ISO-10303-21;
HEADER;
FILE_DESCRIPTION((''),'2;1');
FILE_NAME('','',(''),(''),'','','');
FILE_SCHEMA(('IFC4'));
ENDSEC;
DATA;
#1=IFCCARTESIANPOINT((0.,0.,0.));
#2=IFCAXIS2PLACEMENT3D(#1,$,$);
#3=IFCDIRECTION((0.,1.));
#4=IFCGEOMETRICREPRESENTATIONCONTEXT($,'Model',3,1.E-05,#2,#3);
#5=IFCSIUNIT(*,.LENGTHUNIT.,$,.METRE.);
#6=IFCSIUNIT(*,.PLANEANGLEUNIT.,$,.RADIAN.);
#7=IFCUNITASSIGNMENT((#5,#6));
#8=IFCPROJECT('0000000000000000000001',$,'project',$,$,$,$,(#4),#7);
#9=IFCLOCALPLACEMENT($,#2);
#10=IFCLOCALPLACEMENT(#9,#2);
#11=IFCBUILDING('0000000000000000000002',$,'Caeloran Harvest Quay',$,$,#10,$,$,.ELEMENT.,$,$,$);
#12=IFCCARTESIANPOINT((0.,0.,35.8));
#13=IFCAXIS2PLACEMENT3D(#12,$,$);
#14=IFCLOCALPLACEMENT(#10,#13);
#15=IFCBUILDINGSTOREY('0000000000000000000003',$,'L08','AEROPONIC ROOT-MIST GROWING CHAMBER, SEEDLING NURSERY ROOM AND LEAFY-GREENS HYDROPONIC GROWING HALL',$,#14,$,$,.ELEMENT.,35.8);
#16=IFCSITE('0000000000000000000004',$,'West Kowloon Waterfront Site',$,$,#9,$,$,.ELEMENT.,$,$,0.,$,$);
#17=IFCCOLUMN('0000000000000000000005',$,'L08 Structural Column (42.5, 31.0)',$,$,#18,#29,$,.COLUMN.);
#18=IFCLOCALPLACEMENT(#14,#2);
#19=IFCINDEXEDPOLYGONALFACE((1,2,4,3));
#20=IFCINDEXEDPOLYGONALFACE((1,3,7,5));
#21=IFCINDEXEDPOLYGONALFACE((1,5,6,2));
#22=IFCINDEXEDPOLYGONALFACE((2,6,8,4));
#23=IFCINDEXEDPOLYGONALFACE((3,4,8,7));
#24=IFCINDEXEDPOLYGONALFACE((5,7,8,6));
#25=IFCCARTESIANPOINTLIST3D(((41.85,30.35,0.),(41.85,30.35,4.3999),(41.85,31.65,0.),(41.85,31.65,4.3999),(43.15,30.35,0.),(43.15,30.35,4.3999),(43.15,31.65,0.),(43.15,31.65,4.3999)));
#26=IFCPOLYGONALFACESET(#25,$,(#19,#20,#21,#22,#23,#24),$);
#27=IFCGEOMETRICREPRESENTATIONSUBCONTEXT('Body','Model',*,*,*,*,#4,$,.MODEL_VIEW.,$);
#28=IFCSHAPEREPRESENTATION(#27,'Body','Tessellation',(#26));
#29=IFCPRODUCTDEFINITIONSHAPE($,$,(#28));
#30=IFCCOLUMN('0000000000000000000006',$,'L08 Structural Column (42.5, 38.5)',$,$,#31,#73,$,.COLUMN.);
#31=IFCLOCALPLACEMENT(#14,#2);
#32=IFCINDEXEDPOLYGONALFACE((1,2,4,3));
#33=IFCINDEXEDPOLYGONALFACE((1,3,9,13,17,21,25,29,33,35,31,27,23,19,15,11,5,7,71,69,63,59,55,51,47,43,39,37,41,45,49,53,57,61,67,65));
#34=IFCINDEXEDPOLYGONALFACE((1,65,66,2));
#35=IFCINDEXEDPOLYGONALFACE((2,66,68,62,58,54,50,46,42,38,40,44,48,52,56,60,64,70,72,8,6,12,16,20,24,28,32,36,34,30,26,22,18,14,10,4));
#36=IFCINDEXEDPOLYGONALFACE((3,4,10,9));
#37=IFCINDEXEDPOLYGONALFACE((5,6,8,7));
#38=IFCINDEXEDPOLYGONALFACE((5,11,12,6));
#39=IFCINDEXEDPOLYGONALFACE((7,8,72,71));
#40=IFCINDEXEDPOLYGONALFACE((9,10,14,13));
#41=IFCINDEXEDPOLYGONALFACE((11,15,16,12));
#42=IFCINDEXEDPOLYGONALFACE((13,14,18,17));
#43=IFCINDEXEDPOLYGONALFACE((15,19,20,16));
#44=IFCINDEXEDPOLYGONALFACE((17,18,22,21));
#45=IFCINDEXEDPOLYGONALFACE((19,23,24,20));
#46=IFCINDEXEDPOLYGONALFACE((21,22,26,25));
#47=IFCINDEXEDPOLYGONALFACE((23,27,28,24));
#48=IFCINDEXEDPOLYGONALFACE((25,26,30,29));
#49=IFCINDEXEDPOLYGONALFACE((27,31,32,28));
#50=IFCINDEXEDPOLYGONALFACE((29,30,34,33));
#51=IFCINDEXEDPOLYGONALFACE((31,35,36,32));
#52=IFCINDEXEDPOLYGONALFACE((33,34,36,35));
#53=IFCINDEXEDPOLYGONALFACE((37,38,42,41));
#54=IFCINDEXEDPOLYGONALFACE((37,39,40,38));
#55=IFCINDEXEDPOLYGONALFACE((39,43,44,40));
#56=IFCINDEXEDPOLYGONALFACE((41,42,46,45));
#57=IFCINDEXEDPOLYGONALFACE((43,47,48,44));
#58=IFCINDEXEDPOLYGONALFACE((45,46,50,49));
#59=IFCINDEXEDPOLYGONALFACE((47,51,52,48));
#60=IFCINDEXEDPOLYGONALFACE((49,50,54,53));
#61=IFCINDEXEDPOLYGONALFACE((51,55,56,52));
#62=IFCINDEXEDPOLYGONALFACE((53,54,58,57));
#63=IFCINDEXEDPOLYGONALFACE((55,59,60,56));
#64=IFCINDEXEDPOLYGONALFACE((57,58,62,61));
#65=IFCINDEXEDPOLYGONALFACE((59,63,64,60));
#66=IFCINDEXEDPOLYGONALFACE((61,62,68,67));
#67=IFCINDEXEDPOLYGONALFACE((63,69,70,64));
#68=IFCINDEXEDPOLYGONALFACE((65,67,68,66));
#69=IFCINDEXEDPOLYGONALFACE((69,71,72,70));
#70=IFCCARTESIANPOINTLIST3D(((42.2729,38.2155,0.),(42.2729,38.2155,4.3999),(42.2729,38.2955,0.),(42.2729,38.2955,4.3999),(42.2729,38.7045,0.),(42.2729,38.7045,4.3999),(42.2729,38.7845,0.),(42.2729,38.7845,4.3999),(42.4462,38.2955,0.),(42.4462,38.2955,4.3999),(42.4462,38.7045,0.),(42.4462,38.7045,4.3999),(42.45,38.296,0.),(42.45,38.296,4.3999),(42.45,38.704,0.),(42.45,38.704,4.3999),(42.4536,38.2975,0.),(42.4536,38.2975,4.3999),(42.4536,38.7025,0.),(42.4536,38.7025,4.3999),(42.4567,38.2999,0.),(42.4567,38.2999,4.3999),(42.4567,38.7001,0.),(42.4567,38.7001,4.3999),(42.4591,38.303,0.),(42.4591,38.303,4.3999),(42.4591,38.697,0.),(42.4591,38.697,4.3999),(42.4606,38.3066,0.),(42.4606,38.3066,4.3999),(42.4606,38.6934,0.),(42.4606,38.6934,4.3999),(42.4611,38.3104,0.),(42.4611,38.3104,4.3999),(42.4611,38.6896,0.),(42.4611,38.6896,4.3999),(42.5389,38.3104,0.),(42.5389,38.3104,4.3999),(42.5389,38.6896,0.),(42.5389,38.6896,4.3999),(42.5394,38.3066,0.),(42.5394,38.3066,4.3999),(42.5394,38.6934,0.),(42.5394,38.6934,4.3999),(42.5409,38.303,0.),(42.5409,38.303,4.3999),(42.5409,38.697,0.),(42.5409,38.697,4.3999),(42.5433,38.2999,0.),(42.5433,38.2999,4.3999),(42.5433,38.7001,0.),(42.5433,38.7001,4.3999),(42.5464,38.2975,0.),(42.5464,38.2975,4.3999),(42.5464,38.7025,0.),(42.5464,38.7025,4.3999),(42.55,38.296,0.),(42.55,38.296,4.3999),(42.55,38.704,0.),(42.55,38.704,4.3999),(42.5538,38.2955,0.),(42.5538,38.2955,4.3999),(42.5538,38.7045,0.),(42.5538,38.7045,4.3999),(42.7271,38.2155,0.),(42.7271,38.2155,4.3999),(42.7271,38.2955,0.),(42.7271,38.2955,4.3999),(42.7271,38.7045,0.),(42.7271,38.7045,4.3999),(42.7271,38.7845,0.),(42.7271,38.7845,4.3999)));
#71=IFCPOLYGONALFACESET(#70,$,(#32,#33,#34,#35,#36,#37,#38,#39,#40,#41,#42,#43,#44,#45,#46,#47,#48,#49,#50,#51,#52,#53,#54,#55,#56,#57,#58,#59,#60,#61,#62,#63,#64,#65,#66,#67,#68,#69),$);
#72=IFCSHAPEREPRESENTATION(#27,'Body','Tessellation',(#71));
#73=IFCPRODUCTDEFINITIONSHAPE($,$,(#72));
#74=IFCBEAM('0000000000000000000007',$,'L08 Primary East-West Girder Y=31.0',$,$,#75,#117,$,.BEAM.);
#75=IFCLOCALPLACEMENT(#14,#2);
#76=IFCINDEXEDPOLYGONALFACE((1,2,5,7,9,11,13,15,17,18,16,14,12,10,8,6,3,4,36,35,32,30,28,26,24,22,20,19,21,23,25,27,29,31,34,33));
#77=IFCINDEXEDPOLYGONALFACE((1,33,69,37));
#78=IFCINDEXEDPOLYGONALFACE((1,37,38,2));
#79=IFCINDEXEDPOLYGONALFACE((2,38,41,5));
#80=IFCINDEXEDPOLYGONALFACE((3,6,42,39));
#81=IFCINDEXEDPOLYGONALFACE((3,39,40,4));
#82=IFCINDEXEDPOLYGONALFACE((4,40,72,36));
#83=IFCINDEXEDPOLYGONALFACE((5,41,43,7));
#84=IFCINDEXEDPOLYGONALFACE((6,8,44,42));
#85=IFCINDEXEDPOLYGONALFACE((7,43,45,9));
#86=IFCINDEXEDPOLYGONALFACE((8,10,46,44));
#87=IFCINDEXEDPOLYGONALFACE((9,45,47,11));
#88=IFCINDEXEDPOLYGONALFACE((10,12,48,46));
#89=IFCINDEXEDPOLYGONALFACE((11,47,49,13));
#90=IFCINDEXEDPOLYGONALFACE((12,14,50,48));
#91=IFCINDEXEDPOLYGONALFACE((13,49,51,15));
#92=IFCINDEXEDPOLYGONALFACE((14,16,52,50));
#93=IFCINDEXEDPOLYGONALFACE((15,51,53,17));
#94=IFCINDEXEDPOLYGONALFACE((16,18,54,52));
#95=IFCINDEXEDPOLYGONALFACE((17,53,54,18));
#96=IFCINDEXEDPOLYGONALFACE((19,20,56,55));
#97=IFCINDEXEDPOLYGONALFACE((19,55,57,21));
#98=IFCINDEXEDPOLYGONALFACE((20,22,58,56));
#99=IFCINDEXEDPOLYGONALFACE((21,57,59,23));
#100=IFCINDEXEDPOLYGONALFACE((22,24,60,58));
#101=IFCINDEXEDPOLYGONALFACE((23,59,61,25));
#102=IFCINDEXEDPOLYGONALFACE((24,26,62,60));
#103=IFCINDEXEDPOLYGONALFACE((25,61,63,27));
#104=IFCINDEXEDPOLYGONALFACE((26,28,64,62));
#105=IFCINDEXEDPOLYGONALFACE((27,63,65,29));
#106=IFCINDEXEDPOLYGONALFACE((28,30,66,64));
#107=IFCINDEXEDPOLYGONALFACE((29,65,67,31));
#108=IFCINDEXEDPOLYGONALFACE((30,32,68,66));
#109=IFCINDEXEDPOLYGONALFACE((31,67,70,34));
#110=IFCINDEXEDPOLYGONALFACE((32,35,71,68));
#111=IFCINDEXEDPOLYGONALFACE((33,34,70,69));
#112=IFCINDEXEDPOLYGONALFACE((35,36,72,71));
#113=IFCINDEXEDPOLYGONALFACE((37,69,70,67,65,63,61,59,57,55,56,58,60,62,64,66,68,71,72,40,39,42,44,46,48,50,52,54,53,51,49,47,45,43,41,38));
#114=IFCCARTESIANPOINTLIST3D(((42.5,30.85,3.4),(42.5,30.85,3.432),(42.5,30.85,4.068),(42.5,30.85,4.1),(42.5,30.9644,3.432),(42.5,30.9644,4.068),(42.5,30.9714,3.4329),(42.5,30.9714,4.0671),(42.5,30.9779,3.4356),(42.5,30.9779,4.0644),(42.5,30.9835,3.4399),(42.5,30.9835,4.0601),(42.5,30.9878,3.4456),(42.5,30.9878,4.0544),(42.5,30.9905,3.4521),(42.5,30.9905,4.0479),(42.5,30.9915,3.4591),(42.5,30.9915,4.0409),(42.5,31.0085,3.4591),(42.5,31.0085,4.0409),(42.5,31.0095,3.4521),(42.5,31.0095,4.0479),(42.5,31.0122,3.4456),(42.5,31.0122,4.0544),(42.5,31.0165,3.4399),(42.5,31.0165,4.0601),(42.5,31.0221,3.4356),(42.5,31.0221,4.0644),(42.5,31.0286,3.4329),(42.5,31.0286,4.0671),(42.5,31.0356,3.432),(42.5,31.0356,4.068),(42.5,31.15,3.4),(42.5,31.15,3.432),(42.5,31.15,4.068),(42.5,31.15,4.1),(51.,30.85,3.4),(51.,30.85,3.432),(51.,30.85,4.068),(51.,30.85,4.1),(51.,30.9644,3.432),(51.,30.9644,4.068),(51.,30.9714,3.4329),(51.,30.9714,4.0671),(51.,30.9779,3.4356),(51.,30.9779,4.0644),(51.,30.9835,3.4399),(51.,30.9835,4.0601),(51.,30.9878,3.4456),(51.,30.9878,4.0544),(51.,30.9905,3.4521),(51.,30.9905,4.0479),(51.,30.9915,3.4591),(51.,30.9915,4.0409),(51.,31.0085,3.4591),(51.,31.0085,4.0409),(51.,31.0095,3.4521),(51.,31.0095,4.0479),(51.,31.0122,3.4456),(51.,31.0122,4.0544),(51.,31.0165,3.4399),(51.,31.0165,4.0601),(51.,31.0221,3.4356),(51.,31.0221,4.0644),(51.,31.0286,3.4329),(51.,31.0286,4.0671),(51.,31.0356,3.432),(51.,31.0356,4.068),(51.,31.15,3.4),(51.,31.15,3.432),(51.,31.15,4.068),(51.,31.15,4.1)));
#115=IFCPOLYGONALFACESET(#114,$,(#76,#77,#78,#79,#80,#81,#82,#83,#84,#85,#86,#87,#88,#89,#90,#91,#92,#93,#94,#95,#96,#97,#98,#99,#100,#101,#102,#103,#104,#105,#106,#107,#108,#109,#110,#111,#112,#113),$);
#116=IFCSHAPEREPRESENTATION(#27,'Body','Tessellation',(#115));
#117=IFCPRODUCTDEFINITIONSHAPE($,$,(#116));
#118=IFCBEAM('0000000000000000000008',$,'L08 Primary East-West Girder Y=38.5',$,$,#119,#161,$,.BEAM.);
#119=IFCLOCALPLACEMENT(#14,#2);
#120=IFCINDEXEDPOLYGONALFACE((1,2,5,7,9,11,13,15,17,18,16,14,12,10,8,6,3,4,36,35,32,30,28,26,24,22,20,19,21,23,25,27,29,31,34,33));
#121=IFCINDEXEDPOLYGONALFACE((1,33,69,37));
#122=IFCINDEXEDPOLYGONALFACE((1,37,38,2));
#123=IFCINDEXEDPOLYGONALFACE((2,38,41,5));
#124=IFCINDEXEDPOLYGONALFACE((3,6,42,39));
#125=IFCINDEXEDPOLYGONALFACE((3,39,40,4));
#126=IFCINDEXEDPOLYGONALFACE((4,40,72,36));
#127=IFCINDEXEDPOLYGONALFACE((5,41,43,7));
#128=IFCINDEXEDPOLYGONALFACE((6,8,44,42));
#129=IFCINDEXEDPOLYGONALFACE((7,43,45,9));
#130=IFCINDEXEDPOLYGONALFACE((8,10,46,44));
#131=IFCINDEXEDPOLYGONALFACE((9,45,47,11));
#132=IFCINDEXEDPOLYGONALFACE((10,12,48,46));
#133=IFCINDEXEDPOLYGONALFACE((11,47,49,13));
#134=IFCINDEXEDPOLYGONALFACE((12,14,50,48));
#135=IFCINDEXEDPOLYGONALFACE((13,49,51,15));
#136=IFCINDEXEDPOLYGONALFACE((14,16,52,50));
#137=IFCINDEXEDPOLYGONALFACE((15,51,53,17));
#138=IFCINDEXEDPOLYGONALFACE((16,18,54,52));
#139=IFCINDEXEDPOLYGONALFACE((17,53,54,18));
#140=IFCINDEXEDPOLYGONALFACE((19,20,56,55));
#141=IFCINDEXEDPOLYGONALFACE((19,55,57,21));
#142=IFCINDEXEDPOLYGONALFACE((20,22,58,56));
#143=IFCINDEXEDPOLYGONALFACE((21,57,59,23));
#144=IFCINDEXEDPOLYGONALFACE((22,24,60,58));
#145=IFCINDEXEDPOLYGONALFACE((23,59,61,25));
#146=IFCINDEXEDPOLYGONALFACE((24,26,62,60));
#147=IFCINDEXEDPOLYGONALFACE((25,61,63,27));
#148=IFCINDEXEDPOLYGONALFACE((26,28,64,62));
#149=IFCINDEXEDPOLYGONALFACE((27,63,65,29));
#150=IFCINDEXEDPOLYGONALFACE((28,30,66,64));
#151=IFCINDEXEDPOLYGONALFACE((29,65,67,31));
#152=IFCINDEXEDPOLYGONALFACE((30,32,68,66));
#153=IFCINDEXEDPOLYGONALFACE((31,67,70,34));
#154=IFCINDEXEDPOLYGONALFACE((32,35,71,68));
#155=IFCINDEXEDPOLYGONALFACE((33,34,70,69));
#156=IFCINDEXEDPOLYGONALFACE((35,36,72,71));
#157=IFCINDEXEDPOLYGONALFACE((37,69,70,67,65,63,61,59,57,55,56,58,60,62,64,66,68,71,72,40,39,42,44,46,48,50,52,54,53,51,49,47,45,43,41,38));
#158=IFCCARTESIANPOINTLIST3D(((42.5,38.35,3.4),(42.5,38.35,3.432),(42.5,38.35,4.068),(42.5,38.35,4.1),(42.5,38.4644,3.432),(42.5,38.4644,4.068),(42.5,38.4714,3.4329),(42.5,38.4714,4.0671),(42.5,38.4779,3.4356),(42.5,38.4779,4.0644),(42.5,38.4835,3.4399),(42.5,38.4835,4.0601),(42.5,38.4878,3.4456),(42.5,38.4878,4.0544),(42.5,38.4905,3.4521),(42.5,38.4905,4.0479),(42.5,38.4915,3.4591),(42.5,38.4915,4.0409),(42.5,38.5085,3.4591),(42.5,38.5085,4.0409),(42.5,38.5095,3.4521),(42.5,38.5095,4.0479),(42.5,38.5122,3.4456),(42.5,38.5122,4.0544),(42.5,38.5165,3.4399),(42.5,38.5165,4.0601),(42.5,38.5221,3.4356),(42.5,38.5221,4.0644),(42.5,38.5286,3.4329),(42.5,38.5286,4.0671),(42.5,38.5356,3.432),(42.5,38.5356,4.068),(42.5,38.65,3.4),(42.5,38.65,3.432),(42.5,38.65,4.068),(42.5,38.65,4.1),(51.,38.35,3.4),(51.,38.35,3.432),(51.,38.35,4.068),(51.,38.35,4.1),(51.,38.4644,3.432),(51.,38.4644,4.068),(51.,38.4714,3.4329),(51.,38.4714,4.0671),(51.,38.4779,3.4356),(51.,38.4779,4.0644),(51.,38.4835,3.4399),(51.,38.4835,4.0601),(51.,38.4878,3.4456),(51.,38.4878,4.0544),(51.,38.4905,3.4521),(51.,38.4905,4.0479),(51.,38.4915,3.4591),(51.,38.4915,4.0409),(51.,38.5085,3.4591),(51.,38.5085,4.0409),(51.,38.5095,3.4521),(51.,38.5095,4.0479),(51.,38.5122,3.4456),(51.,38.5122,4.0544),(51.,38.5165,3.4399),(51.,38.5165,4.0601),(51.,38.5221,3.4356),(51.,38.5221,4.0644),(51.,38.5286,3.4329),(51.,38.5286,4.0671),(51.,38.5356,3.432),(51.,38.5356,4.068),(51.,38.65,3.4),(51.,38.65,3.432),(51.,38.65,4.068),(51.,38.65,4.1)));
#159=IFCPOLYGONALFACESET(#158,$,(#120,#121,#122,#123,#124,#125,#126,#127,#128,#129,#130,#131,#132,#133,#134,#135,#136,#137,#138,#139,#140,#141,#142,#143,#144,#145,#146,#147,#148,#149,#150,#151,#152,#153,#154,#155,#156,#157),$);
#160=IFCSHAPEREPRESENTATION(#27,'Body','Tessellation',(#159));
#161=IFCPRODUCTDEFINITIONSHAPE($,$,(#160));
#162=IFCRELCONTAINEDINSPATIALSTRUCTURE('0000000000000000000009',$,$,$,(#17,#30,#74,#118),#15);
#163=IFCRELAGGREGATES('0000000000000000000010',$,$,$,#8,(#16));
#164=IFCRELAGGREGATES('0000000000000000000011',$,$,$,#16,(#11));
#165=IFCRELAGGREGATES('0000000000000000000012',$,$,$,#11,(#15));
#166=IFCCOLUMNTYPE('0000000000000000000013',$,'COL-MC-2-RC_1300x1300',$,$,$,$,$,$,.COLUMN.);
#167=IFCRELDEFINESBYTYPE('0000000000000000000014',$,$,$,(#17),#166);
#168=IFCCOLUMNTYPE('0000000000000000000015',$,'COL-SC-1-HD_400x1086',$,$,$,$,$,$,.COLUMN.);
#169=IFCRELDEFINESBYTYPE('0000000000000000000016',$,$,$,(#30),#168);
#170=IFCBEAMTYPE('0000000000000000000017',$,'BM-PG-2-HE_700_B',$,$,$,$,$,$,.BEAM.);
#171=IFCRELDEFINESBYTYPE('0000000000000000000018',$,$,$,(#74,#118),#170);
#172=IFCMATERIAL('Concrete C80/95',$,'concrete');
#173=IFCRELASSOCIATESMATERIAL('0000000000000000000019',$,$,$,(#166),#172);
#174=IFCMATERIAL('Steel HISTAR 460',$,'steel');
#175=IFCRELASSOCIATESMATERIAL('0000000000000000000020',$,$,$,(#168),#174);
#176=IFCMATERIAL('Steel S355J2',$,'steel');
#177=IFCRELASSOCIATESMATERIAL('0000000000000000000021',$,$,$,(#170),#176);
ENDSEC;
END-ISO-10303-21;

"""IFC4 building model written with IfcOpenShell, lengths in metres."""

from ifc_helpers import new_model, si_unit, direction, frame, origin, origin_2d, place, context, subcontext, project, spatial, rectangle, i_section, extrude, material, material_profile, profile_set, type_object, element, save


model = new_model("IFC4")

# Units and contexts
model_context = context("Model", 3, precision=1e-05, world=origin(), true_north=direction((0.0, 1.0)))
body_context = subcontext(model_context, "Body", "Model", "MODEL_VIEW")
ifc_project = project(units=[si_unit("LENGTHUNIT", "METRE"), si_unit("PLANEANGLEUNIT", "RADIAN")], contexts=[model_context])

# Site, building, storey
site_placement = place(None, origin())
site = spatial("IfcSite", under=ifc_project, at=site_placement, Name="West Kowloon Waterfront Site", CompositionType="ELEMENT", RefElevation=0.0)
building_placement = place(site_placement, origin())
building = spatial("IfcBuilding", under=site, at=building_placement, Name="Caeloran Harvest Quay", CompositionType="ELEMENT")
storey_placement = place(building_placement, frame((0.0, 0.0, 35.8)))
storey = spatial("IfcBuildingStorey", under=building, at=storey_placement, Name="L08", Description="AEROPONIC ROOT-MIST GROWING CHAMBER, SEEDLING NURSERY ROOM AND LEAFY-GREENS HYDROPONIC GROWING HALL", CompositionType="ELEMENT", Elevation=35.8)

# Columns
ifc_material_1 = material(Name="Concrete C80/95", Category="concrete")
ifc_material_profile_1 = material_profile(ifc_material_1, rectangle(XDim=1.3, YDim=1.3, at=origin_2d()), Name="RC 1300x1300")
ifc_profile_set_1 = profile_set([ifc_material_profile_1], Name="Concrete C80/95")
column_type_1 = type_object("IfcColumnType", Name="COL-MC-2-RC_1300x1300", PredefinedType="COLUMN", material=ifc_profile_set_1)
column_1_placement = place(storey_placement, frame((42.5, 31.0, 0.0), z_axis=(0.0, 0.0, 1.0), x_axis=(1.0, 0.0, 0.0)))
element("IfcColumn", 1, at=column_1_placement, inside=storey, type_object=column_type_1, Name="L08 Structural Column (42.5, 31.0)", PredefinedType="COLUMN", context=body_context, shape_type="SweptSolid", body=[
    extrude(rectangle(XDim=1.3, YDim=1.3, at=origin_2d()), origin(), (0.0, 0.0, 1.0), 4.3999),
])
ifc_material_2 = material(Name="Steel HISTAR 460", Category="steel")
ifc_material_profile_2 = material_profile(ifc_material_2, i_section(OverallWidth=0.4541, OverallDepth=0.5691, WebThickness=0.0779, FlangeThickness=0.0801, FilletRadius=0.0149, at=origin_2d()), Name="HD 400x1086")
ifc_profile_set_2 = profile_set([ifc_material_profile_2], Name="Steel HISTAR 460")
column_type_2 = type_object("IfcColumnType", Name="COL-SC-1-HD_400x1086", PredefinedType="COLUMN", material=ifc_profile_set_2)
column_2_placement = place(storey_placement, frame((42.5, 38.5, 0.0), z_axis=(0.0, 0.0, 1.0), x_axis=(1.0, 0.0, 0.0)))
element("IfcColumn", 2, at=column_2_placement, inside=storey, type_object=column_type_2, Name="L08 Structural Column (42.5, 38.5)", PredefinedType="COLUMN", context=body_context, shape_type="SweptSolid", body=[
    extrude(i_section(OverallWidth=0.4541, OverallDepth=0.5691, WebThickness=0.0779, FlangeThickness=0.0801, FilletRadius=0.0149, at=origin_2d()), origin(), (0.0, 0.0, 1.0), 4.3999),
])

# Beams
ifc_material_3 = material(Name="Steel S355J2", Category="steel")
ifc_material_profile_3 = material_profile(ifc_material_3, i_section(OverallWidth=0.3, OverallDepth=0.7, WebThickness=0.0171, FlangeThickness=0.032, FilletRadius=0.0271, at=origin_2d()), Name="HE 700 B")
ifc_profile_set_3 = profile_set([ifc_material_profile_3], Name="Steel S355J2")
beam_type_1 = type_object("IfcBeamType", Name="BM-PG-2-HE_700_B", PredefinedType="BEAM", material=ifc_profile_set_3)
for number, where, z_axis, x_axis, name in (
    (3, (42.5, 31.0, 3.75), (1.0, 0.0, 0.0), (0.0, 1.0, 0.0), "L08 Primary East-West Girder Y=31.0"),
    (4, (42.5, 38.5, 3.75), (1.0, 0.0, 0.0), (0.0, 1.0, 0.0), "L08 Primary East-West Girder Y=38.5"),
):
    element("IfcBeam", number, at=place(storey_placement, frame(where, z_axis=z_axis, x_axis=x_axis)), inside=storey, type_object=beam_type_1, Name=name, PredefinedType="BEAM", context=body_context, shape_type="SweptSolid", body=[
        extrude(i_section(OverallWidth=0.3, OverallDepth=0.7, WebThickness=0.0171, FlangeThickness=0.032, FilletRadius=0.0271, at=origin_2d()), origin(), (0.0, 0.0, 1.0), 8.5),
    ])

save(model, "model.ifc")
